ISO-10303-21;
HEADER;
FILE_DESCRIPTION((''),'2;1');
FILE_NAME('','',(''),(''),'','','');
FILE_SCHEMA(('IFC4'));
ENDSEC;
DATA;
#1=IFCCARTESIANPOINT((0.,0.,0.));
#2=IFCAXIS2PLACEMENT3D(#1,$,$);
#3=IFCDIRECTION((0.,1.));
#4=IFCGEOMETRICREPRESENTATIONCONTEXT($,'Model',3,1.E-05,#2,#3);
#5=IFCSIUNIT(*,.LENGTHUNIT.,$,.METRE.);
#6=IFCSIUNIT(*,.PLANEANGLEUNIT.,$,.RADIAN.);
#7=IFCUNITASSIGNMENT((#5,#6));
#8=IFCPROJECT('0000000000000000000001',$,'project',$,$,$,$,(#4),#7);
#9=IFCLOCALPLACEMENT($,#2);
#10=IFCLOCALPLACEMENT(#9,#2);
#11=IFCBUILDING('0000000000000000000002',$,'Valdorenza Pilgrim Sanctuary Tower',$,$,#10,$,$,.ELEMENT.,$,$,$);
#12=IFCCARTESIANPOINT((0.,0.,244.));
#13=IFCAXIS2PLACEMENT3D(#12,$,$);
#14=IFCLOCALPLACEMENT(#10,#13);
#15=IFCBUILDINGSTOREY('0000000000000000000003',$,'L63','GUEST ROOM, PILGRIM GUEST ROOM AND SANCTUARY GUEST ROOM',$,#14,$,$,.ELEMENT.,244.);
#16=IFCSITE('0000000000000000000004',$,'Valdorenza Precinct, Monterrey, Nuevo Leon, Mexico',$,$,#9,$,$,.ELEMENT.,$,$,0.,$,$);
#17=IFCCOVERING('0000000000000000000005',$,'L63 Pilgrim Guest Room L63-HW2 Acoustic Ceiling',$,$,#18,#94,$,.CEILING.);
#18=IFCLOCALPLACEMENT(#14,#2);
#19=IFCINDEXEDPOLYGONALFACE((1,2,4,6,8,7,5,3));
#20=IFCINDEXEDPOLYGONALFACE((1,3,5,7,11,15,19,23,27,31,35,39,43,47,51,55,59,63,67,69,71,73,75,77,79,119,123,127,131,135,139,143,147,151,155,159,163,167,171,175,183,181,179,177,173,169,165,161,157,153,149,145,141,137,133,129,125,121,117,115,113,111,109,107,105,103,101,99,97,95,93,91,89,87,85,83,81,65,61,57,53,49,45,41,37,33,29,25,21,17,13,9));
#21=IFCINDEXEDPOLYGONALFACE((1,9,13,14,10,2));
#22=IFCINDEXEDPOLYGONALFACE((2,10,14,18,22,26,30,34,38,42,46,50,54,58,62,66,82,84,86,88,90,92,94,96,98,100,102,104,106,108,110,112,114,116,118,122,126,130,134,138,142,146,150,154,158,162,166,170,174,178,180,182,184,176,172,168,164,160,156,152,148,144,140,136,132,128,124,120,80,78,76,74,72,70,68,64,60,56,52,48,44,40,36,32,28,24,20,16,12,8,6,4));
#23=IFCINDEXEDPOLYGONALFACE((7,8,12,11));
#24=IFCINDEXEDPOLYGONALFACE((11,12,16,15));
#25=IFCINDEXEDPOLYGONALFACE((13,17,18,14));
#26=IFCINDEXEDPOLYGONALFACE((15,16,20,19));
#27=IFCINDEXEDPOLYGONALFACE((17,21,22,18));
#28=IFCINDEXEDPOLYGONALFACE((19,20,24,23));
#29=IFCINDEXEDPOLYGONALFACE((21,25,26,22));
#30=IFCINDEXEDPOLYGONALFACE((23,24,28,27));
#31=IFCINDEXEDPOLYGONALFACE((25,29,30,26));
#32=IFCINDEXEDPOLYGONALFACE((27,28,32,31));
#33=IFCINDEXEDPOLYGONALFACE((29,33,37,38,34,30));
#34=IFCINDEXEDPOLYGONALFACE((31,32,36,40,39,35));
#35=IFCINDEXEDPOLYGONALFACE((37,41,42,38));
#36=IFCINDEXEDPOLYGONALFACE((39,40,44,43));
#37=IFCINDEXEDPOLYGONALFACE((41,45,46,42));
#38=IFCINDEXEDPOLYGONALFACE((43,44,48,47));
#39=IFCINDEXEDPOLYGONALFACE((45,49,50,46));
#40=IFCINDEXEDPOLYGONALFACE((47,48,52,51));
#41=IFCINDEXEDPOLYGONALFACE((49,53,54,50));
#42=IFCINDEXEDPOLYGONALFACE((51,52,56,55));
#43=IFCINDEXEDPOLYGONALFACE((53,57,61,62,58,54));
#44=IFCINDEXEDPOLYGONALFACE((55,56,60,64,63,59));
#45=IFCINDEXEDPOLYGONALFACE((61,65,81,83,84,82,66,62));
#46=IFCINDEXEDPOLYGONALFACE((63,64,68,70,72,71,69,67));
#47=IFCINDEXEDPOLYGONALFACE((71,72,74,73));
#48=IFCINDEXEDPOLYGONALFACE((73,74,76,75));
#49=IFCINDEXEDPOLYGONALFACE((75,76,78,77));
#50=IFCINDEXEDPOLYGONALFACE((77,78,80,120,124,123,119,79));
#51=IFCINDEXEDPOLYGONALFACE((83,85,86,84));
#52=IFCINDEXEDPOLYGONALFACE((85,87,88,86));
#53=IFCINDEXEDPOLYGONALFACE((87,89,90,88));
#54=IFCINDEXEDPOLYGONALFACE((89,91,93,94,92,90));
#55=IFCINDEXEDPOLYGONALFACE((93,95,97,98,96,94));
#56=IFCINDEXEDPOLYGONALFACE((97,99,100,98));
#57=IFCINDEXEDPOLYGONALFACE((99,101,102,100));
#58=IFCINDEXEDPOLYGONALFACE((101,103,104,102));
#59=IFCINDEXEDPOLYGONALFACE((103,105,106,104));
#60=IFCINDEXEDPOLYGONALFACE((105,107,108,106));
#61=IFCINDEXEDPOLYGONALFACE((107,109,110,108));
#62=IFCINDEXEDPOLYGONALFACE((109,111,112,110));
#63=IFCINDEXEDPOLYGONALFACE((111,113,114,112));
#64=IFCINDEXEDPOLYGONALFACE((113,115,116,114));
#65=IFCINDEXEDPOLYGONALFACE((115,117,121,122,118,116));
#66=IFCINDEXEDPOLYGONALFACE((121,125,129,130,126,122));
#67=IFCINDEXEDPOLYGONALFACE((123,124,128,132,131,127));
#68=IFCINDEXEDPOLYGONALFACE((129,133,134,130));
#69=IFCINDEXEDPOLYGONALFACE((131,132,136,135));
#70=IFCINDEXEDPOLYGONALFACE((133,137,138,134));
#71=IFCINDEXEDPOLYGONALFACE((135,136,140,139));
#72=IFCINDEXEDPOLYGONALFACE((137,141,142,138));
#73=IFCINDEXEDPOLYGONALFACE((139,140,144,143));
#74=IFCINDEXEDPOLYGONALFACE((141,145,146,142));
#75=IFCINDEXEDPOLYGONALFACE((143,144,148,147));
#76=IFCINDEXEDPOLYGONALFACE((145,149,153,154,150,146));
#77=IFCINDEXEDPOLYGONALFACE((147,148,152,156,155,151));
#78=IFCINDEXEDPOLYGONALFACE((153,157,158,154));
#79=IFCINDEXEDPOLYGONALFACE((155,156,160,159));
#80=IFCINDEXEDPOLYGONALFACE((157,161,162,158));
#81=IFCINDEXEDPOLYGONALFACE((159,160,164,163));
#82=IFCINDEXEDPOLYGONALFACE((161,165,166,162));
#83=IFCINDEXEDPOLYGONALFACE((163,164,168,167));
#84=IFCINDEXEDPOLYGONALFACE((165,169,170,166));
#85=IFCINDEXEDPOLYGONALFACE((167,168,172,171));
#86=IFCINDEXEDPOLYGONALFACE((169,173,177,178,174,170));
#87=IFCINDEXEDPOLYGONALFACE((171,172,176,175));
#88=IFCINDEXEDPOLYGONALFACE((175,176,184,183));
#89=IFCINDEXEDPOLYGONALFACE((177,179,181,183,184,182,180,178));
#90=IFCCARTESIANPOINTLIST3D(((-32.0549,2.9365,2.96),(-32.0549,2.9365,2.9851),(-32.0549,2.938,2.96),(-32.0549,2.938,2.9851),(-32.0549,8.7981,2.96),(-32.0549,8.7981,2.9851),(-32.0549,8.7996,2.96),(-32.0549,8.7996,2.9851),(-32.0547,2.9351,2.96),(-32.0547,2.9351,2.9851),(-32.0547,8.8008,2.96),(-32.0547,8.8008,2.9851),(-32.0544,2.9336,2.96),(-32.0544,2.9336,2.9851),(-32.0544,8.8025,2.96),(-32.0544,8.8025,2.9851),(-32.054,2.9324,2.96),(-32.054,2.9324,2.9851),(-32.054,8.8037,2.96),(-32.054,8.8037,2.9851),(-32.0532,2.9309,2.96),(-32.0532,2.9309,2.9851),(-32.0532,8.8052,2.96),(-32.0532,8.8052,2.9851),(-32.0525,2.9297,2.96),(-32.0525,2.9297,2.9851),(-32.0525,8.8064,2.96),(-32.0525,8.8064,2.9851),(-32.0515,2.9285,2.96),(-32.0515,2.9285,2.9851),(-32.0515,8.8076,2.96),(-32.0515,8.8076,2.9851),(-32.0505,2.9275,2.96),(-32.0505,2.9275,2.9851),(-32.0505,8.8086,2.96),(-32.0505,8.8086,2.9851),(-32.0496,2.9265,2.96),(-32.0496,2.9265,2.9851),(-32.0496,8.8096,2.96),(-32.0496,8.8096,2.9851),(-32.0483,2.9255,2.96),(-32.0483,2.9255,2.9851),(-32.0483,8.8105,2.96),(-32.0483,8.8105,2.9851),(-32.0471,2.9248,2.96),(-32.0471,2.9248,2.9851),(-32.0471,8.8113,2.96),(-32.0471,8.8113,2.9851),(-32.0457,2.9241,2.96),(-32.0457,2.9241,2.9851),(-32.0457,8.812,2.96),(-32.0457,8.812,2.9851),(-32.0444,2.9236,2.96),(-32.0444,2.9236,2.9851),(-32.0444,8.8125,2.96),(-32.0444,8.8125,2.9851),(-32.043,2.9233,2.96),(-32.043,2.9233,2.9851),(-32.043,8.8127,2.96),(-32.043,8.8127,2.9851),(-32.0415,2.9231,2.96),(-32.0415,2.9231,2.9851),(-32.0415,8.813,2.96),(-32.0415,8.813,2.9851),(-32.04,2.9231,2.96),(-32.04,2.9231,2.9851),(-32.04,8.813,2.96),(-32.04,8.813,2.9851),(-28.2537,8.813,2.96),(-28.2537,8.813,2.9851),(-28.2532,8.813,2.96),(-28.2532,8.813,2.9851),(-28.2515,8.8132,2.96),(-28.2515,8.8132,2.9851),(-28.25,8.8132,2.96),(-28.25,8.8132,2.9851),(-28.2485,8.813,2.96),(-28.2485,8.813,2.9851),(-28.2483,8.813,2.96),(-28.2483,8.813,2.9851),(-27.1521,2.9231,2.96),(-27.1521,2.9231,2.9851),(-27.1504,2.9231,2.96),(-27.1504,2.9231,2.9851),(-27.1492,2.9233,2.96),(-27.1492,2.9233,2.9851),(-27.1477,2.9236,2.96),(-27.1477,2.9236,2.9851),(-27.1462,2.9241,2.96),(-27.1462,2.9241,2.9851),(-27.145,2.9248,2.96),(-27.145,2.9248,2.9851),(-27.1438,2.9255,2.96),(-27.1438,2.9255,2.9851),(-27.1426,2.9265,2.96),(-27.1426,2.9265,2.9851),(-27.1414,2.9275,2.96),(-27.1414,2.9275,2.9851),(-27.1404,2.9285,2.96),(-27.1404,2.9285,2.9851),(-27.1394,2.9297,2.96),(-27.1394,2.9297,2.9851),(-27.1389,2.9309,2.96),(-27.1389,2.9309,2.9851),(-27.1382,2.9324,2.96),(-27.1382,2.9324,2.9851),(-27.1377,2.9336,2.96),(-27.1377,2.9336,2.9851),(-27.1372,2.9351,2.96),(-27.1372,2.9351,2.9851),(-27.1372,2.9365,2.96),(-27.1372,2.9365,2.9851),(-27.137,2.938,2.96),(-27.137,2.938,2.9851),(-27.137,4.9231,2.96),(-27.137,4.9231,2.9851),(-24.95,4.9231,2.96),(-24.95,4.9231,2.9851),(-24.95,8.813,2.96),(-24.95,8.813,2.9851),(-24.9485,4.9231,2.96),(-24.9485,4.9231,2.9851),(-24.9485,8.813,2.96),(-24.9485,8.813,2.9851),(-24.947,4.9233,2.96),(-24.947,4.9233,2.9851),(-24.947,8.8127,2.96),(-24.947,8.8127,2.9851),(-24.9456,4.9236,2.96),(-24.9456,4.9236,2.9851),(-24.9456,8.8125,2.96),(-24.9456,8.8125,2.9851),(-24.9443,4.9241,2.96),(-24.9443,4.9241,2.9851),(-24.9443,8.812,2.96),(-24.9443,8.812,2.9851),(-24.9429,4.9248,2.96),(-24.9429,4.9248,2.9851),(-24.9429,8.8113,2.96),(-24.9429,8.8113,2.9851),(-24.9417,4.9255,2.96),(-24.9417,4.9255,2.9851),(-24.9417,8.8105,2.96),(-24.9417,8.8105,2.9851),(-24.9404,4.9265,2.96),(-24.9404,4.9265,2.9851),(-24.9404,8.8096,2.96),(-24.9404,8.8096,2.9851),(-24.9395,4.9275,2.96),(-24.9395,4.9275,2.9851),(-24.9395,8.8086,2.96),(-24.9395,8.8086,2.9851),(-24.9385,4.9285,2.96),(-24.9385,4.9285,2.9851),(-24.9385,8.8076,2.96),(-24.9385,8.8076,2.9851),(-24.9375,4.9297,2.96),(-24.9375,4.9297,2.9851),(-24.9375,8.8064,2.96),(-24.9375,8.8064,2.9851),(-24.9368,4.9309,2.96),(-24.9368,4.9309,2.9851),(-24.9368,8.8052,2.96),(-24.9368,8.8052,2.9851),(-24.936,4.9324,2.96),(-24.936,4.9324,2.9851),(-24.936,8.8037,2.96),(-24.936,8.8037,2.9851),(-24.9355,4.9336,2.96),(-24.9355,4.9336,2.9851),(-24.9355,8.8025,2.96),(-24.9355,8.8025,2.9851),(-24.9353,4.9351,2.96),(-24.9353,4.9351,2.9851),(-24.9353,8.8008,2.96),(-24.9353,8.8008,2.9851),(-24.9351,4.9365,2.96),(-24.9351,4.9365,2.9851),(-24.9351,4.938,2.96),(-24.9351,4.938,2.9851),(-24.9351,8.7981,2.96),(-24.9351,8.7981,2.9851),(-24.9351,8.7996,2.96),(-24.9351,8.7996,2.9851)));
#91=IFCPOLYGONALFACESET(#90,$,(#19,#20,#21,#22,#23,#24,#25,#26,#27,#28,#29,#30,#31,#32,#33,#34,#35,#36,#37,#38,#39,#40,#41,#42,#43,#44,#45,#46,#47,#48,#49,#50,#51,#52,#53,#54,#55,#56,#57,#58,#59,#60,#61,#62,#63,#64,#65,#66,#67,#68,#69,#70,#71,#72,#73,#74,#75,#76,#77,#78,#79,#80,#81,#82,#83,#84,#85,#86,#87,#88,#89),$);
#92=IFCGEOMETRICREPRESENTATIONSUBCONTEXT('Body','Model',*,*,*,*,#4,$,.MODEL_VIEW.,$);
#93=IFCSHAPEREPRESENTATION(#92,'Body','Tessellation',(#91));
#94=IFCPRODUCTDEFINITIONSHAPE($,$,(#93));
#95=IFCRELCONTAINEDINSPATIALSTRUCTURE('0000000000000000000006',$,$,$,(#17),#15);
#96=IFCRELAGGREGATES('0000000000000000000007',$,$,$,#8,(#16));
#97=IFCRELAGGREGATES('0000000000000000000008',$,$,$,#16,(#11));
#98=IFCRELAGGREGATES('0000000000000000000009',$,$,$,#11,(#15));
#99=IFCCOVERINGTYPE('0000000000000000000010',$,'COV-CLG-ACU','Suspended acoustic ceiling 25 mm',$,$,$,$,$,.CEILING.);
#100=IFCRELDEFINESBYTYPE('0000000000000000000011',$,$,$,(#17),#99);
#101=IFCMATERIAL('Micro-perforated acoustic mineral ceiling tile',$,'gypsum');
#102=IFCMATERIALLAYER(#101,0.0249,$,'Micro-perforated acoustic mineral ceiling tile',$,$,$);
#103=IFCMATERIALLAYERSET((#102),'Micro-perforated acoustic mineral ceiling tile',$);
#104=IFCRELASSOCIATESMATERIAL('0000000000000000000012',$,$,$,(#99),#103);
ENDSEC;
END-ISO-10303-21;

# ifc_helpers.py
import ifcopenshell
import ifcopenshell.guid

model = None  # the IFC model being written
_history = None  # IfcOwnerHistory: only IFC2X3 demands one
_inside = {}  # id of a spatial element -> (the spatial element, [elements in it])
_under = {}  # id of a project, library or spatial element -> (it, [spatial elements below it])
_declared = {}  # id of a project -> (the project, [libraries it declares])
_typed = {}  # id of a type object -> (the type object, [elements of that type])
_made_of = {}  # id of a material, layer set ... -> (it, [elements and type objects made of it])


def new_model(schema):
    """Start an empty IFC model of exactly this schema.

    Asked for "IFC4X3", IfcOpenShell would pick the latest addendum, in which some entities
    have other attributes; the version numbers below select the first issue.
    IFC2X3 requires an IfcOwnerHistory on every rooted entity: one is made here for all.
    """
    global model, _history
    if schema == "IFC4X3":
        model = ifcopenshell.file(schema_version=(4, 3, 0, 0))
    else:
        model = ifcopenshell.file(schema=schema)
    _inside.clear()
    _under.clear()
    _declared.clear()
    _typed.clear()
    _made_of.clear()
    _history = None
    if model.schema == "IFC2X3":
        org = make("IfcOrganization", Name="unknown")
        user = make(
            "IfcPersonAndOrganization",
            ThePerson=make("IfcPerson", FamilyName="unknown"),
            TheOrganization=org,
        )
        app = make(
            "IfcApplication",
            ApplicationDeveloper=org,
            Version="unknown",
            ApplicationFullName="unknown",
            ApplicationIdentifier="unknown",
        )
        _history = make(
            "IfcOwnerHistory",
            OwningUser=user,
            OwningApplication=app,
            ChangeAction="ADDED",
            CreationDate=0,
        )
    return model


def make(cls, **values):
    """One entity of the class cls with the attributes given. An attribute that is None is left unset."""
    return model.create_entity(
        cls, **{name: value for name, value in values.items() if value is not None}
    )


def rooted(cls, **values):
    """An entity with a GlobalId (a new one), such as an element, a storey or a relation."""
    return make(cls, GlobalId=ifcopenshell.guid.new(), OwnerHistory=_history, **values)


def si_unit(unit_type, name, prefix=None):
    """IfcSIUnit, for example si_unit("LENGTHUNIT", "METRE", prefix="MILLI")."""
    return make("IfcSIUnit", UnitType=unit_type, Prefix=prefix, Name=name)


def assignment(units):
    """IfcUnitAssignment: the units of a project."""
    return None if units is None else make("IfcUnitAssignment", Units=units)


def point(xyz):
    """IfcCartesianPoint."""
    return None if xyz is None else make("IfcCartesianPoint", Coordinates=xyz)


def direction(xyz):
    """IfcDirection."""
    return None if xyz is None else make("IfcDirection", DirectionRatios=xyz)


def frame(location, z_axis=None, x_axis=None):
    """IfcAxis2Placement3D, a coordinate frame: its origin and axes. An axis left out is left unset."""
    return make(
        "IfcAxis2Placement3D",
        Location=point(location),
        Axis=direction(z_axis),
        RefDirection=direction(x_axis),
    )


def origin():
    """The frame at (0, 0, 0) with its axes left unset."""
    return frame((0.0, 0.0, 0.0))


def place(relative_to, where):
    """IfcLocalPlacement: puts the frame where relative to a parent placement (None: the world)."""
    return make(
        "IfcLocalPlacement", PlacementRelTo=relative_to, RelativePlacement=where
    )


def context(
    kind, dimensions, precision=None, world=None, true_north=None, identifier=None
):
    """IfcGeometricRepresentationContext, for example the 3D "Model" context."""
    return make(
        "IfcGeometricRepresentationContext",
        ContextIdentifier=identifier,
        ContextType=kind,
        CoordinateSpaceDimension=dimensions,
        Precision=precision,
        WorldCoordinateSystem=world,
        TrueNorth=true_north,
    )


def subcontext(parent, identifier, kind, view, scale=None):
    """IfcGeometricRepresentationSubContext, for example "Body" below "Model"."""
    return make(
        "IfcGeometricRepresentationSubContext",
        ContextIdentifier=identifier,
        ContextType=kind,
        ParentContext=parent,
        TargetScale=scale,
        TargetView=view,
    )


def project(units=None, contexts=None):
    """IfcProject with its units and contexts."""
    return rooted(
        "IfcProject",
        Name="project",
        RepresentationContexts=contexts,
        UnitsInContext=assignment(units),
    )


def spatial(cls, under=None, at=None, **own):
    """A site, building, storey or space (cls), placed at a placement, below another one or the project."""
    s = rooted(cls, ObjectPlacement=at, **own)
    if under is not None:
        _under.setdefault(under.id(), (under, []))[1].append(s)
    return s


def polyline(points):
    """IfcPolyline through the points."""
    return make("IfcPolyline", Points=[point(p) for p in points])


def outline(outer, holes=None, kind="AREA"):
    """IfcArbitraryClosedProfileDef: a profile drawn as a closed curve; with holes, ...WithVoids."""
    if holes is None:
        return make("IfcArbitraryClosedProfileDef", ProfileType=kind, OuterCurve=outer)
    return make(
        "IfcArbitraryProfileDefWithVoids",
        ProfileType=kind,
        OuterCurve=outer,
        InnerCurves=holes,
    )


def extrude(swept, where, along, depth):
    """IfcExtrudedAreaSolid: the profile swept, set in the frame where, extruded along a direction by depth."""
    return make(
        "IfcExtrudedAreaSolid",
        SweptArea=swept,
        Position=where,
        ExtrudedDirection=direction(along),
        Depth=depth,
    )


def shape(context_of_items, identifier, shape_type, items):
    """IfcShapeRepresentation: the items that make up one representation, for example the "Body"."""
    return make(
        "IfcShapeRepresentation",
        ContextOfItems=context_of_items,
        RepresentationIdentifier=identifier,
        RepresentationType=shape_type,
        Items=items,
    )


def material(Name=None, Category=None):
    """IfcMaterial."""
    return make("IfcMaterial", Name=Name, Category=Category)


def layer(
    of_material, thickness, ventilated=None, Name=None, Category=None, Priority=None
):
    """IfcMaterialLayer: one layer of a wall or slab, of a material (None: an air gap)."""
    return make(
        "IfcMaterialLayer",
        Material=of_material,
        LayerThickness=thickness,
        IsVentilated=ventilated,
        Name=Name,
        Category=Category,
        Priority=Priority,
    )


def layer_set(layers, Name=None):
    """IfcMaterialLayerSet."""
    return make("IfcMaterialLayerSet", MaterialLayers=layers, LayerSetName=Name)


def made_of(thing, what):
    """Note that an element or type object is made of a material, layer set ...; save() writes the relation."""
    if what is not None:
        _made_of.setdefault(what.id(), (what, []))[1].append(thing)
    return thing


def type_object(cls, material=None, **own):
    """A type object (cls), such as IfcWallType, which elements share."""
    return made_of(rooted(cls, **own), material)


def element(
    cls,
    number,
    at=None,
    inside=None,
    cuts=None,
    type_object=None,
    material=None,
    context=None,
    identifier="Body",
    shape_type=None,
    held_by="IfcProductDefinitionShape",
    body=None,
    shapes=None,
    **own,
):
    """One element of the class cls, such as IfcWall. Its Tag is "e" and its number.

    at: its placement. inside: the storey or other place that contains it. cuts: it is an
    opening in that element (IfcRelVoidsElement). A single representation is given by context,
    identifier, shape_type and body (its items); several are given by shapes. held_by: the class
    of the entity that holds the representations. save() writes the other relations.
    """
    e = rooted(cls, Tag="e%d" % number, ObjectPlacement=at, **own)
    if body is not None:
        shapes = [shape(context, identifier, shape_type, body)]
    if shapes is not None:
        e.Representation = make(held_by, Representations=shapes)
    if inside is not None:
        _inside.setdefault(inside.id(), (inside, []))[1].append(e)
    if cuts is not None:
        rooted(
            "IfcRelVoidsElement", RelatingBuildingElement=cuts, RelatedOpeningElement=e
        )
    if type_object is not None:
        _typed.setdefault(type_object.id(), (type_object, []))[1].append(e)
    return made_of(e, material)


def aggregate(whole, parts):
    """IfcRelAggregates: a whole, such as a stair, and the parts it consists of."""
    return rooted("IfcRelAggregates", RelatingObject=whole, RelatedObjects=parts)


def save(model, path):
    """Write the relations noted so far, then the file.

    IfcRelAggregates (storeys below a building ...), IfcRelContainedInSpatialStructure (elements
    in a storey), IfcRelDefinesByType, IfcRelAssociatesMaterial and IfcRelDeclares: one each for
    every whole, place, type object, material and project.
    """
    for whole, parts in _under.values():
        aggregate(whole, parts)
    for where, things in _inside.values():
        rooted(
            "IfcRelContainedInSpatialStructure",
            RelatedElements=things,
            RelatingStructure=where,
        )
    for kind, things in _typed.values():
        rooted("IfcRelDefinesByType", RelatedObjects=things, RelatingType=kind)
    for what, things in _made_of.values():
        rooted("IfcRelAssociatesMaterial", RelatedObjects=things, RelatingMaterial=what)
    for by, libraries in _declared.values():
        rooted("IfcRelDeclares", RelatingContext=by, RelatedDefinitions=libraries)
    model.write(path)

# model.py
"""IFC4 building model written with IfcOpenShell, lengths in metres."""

from ifc_helpers import new_model, si_unit, direction, frame, origin, place, context, subcontext, project, spatial, polyline, outline, extrude, material, layer, layer_set, type_object, element, save


model = new_model("IFC4")

# Units and contexts
model_context = context("Model", 3, precision=1e-05, world=origin(), true_north=direction((0.0, 1.0)))
body_context = subcontext(model_context, "Body", "Model", "MODEL_VIEW")
ifc_project = project(units=[si_unit("LENGTHUNIT", "METRE"), si_unit("PLANEANGLEUNIT", "RADIAN")], contexts=[model_context])

# Site, building, storey
site_placement = place(None, origin())
site = spatial("IfcSite", under=ifc_project, at=site_placement, Name="Valdorenza Precinct, Monterrey, Nuevo Leon, Mexico", CompositionType="ELEMENT", RefElevation=0.0)
building_placement = place(site_placement, origin())
building = spatial("IfcBuilding", under=site, at=building_placement, Name="Valdorenza Pilgrim Sanctuary Tower", CompositionType="ELEMENT")
storey_placement = place(building_placement, frame((0.0, 0.0, 244.0)))
storey = spatial("IfcBuildingStorey", under=building, at=storey_placement, Name="L63", Description="GUEST ROOM, PILGRIM GUEST ROOM AND SANCTUARY GUEST ROOM", CompositionType="ELEMENT", Elevation=244.0)

# Covering
ifc_material_1 = material(Name="Micro-perforated acoustic mineral ceiling tile", Category="gypsum")
ifc_layer_1 = layer(ifc_material_1, 0.0249, Name="Micro-perforated acoustic mineral ceiling tile")
ifc_layer_set_1 = layer_set([ifc_layer_1], Name="Micro-perforated acoustic mineral ceiling tile")
covering_type_1 = type_object("IfcCoveringType", Name="COV-CLG-ACU", Description="Suspended acoustic ceiling 25 mm", PredefinedType="CEILING", material=ifc_layer_set_1)
covering_1_placement = place(storey_placement, frame((0.0, 0.0, 2.96)))
element("IfcCovering", 1, at=covering_1_placement, inside=storey, type_object=covering_type_1, Name="L63 Pilgrim Guest Room L63-HW2 Acoustic Ceiling", PredefinedType="CEILING", context=body_context, shape_type="SweptSolid", body=[
    extrude(outline(polyline([(-28.2537, 8.813), (-28.2532, 8.813), (-28.2515, 8.8132), (-28.25, 8.8132), (-28.2485, 8.813), (-28.2483, 8.813), (-24.95, 8.813), (-24.9485, 8.813), (-24.947, 8.8127), (-24.9456, 8.8125), (-24.9443, 8.812), (-24.9429, 8.8113), (-24.9417, 8.8105), (-24.9404, 8.8096), (-24.9395, 8.8086), (-24.9385, 8.8076), (-24.9375, 8.8064), (-24.9368, 8.8052), (-24.936, 8.8037), (-24.9355, 8.8025), (-24.9353, 8.8008), (-24.9351, 8.7996), (-24.9351, 8.7981), (-24.9351, 4.938), (-24.9351, 4.9365), (-24.9353, 4.9351), (-24.9355, 4.9336), (-24.936, 4.9324), (-24.9368, 4.9309), (-24.9375, 4.9297), (-24.9385, 4.9285), (-24.9395, 4.9275), (-24.9404, 4.9265), (-24.9417, 4.9255), (-24.9429, 4.9248), (-24.9443, 4.9241), (-24.9456, 4.9236), (-24.947, 4.9233), (-24.9485, 4.9231), (-24.95, 4.9231), (-27.137, 4.9231), (-27.137, 2.938), (-27.1372, 2.9365), (-27.1372, 2.9351), (-27.1377, 2.9336), (-27.1382, 2.9324), (-27.1389, 2.9309), (-27.1394, 2.9297), (-27.1404, 2.9285), (-27.1414, 2.9275), (-27.1426, 2.9265), (-27.1438, 2.9255), (-27.145, 2.9248), (-27.1462, 2.9241), (-27.1477, 2.9236), (-27.1492, 2.9233), (-27.1504, 2.9231), (-27.1521, 2.9231), (-32.04, 2.9231), (-32.0415, 2.9231), (-32.043, 2.9233), (-32.0444, 2.9236), (-32.0457, 2.9241), (-32.0471, 2.9248), (-32.0483, 2.9255), (-32.0496, 2.9265), (-32.0505, 2.9275), (-32.0515, 2.9285), (-32.0525, 2.9297), (-32.0532, 2.9309), (-32.054, 2.9324), (-32.0544, 2.9336), (-32.0547, 2.9351), (-32.0549, 2.9365), (-32.0549, 2.938), (-32.0549, 8.7981), (-32.0549, 8.7996), (-32.0547, 8.8008), (-32.0544, 8.8025), (-32.054, 8.8037), (-32.0532, 8.8052), (-32.0525, 8.8064), (-32.0515, 8.8076), (-32.0505, 8.8086), (-32.0496, 8.8096), (-32.0483, 8.8105), (-32.0471, 8.8113), (-32.0457, 8.812), (-32.0444, 8.8125), (-32.043, 8.8127), (-32.0415, 8.813), (-32.04, 8.813), (-28.2537, 8.813)])), origin(), (0.0, 0.0, 1.0), 0.0251),
])

save(model, "model.ifc")
